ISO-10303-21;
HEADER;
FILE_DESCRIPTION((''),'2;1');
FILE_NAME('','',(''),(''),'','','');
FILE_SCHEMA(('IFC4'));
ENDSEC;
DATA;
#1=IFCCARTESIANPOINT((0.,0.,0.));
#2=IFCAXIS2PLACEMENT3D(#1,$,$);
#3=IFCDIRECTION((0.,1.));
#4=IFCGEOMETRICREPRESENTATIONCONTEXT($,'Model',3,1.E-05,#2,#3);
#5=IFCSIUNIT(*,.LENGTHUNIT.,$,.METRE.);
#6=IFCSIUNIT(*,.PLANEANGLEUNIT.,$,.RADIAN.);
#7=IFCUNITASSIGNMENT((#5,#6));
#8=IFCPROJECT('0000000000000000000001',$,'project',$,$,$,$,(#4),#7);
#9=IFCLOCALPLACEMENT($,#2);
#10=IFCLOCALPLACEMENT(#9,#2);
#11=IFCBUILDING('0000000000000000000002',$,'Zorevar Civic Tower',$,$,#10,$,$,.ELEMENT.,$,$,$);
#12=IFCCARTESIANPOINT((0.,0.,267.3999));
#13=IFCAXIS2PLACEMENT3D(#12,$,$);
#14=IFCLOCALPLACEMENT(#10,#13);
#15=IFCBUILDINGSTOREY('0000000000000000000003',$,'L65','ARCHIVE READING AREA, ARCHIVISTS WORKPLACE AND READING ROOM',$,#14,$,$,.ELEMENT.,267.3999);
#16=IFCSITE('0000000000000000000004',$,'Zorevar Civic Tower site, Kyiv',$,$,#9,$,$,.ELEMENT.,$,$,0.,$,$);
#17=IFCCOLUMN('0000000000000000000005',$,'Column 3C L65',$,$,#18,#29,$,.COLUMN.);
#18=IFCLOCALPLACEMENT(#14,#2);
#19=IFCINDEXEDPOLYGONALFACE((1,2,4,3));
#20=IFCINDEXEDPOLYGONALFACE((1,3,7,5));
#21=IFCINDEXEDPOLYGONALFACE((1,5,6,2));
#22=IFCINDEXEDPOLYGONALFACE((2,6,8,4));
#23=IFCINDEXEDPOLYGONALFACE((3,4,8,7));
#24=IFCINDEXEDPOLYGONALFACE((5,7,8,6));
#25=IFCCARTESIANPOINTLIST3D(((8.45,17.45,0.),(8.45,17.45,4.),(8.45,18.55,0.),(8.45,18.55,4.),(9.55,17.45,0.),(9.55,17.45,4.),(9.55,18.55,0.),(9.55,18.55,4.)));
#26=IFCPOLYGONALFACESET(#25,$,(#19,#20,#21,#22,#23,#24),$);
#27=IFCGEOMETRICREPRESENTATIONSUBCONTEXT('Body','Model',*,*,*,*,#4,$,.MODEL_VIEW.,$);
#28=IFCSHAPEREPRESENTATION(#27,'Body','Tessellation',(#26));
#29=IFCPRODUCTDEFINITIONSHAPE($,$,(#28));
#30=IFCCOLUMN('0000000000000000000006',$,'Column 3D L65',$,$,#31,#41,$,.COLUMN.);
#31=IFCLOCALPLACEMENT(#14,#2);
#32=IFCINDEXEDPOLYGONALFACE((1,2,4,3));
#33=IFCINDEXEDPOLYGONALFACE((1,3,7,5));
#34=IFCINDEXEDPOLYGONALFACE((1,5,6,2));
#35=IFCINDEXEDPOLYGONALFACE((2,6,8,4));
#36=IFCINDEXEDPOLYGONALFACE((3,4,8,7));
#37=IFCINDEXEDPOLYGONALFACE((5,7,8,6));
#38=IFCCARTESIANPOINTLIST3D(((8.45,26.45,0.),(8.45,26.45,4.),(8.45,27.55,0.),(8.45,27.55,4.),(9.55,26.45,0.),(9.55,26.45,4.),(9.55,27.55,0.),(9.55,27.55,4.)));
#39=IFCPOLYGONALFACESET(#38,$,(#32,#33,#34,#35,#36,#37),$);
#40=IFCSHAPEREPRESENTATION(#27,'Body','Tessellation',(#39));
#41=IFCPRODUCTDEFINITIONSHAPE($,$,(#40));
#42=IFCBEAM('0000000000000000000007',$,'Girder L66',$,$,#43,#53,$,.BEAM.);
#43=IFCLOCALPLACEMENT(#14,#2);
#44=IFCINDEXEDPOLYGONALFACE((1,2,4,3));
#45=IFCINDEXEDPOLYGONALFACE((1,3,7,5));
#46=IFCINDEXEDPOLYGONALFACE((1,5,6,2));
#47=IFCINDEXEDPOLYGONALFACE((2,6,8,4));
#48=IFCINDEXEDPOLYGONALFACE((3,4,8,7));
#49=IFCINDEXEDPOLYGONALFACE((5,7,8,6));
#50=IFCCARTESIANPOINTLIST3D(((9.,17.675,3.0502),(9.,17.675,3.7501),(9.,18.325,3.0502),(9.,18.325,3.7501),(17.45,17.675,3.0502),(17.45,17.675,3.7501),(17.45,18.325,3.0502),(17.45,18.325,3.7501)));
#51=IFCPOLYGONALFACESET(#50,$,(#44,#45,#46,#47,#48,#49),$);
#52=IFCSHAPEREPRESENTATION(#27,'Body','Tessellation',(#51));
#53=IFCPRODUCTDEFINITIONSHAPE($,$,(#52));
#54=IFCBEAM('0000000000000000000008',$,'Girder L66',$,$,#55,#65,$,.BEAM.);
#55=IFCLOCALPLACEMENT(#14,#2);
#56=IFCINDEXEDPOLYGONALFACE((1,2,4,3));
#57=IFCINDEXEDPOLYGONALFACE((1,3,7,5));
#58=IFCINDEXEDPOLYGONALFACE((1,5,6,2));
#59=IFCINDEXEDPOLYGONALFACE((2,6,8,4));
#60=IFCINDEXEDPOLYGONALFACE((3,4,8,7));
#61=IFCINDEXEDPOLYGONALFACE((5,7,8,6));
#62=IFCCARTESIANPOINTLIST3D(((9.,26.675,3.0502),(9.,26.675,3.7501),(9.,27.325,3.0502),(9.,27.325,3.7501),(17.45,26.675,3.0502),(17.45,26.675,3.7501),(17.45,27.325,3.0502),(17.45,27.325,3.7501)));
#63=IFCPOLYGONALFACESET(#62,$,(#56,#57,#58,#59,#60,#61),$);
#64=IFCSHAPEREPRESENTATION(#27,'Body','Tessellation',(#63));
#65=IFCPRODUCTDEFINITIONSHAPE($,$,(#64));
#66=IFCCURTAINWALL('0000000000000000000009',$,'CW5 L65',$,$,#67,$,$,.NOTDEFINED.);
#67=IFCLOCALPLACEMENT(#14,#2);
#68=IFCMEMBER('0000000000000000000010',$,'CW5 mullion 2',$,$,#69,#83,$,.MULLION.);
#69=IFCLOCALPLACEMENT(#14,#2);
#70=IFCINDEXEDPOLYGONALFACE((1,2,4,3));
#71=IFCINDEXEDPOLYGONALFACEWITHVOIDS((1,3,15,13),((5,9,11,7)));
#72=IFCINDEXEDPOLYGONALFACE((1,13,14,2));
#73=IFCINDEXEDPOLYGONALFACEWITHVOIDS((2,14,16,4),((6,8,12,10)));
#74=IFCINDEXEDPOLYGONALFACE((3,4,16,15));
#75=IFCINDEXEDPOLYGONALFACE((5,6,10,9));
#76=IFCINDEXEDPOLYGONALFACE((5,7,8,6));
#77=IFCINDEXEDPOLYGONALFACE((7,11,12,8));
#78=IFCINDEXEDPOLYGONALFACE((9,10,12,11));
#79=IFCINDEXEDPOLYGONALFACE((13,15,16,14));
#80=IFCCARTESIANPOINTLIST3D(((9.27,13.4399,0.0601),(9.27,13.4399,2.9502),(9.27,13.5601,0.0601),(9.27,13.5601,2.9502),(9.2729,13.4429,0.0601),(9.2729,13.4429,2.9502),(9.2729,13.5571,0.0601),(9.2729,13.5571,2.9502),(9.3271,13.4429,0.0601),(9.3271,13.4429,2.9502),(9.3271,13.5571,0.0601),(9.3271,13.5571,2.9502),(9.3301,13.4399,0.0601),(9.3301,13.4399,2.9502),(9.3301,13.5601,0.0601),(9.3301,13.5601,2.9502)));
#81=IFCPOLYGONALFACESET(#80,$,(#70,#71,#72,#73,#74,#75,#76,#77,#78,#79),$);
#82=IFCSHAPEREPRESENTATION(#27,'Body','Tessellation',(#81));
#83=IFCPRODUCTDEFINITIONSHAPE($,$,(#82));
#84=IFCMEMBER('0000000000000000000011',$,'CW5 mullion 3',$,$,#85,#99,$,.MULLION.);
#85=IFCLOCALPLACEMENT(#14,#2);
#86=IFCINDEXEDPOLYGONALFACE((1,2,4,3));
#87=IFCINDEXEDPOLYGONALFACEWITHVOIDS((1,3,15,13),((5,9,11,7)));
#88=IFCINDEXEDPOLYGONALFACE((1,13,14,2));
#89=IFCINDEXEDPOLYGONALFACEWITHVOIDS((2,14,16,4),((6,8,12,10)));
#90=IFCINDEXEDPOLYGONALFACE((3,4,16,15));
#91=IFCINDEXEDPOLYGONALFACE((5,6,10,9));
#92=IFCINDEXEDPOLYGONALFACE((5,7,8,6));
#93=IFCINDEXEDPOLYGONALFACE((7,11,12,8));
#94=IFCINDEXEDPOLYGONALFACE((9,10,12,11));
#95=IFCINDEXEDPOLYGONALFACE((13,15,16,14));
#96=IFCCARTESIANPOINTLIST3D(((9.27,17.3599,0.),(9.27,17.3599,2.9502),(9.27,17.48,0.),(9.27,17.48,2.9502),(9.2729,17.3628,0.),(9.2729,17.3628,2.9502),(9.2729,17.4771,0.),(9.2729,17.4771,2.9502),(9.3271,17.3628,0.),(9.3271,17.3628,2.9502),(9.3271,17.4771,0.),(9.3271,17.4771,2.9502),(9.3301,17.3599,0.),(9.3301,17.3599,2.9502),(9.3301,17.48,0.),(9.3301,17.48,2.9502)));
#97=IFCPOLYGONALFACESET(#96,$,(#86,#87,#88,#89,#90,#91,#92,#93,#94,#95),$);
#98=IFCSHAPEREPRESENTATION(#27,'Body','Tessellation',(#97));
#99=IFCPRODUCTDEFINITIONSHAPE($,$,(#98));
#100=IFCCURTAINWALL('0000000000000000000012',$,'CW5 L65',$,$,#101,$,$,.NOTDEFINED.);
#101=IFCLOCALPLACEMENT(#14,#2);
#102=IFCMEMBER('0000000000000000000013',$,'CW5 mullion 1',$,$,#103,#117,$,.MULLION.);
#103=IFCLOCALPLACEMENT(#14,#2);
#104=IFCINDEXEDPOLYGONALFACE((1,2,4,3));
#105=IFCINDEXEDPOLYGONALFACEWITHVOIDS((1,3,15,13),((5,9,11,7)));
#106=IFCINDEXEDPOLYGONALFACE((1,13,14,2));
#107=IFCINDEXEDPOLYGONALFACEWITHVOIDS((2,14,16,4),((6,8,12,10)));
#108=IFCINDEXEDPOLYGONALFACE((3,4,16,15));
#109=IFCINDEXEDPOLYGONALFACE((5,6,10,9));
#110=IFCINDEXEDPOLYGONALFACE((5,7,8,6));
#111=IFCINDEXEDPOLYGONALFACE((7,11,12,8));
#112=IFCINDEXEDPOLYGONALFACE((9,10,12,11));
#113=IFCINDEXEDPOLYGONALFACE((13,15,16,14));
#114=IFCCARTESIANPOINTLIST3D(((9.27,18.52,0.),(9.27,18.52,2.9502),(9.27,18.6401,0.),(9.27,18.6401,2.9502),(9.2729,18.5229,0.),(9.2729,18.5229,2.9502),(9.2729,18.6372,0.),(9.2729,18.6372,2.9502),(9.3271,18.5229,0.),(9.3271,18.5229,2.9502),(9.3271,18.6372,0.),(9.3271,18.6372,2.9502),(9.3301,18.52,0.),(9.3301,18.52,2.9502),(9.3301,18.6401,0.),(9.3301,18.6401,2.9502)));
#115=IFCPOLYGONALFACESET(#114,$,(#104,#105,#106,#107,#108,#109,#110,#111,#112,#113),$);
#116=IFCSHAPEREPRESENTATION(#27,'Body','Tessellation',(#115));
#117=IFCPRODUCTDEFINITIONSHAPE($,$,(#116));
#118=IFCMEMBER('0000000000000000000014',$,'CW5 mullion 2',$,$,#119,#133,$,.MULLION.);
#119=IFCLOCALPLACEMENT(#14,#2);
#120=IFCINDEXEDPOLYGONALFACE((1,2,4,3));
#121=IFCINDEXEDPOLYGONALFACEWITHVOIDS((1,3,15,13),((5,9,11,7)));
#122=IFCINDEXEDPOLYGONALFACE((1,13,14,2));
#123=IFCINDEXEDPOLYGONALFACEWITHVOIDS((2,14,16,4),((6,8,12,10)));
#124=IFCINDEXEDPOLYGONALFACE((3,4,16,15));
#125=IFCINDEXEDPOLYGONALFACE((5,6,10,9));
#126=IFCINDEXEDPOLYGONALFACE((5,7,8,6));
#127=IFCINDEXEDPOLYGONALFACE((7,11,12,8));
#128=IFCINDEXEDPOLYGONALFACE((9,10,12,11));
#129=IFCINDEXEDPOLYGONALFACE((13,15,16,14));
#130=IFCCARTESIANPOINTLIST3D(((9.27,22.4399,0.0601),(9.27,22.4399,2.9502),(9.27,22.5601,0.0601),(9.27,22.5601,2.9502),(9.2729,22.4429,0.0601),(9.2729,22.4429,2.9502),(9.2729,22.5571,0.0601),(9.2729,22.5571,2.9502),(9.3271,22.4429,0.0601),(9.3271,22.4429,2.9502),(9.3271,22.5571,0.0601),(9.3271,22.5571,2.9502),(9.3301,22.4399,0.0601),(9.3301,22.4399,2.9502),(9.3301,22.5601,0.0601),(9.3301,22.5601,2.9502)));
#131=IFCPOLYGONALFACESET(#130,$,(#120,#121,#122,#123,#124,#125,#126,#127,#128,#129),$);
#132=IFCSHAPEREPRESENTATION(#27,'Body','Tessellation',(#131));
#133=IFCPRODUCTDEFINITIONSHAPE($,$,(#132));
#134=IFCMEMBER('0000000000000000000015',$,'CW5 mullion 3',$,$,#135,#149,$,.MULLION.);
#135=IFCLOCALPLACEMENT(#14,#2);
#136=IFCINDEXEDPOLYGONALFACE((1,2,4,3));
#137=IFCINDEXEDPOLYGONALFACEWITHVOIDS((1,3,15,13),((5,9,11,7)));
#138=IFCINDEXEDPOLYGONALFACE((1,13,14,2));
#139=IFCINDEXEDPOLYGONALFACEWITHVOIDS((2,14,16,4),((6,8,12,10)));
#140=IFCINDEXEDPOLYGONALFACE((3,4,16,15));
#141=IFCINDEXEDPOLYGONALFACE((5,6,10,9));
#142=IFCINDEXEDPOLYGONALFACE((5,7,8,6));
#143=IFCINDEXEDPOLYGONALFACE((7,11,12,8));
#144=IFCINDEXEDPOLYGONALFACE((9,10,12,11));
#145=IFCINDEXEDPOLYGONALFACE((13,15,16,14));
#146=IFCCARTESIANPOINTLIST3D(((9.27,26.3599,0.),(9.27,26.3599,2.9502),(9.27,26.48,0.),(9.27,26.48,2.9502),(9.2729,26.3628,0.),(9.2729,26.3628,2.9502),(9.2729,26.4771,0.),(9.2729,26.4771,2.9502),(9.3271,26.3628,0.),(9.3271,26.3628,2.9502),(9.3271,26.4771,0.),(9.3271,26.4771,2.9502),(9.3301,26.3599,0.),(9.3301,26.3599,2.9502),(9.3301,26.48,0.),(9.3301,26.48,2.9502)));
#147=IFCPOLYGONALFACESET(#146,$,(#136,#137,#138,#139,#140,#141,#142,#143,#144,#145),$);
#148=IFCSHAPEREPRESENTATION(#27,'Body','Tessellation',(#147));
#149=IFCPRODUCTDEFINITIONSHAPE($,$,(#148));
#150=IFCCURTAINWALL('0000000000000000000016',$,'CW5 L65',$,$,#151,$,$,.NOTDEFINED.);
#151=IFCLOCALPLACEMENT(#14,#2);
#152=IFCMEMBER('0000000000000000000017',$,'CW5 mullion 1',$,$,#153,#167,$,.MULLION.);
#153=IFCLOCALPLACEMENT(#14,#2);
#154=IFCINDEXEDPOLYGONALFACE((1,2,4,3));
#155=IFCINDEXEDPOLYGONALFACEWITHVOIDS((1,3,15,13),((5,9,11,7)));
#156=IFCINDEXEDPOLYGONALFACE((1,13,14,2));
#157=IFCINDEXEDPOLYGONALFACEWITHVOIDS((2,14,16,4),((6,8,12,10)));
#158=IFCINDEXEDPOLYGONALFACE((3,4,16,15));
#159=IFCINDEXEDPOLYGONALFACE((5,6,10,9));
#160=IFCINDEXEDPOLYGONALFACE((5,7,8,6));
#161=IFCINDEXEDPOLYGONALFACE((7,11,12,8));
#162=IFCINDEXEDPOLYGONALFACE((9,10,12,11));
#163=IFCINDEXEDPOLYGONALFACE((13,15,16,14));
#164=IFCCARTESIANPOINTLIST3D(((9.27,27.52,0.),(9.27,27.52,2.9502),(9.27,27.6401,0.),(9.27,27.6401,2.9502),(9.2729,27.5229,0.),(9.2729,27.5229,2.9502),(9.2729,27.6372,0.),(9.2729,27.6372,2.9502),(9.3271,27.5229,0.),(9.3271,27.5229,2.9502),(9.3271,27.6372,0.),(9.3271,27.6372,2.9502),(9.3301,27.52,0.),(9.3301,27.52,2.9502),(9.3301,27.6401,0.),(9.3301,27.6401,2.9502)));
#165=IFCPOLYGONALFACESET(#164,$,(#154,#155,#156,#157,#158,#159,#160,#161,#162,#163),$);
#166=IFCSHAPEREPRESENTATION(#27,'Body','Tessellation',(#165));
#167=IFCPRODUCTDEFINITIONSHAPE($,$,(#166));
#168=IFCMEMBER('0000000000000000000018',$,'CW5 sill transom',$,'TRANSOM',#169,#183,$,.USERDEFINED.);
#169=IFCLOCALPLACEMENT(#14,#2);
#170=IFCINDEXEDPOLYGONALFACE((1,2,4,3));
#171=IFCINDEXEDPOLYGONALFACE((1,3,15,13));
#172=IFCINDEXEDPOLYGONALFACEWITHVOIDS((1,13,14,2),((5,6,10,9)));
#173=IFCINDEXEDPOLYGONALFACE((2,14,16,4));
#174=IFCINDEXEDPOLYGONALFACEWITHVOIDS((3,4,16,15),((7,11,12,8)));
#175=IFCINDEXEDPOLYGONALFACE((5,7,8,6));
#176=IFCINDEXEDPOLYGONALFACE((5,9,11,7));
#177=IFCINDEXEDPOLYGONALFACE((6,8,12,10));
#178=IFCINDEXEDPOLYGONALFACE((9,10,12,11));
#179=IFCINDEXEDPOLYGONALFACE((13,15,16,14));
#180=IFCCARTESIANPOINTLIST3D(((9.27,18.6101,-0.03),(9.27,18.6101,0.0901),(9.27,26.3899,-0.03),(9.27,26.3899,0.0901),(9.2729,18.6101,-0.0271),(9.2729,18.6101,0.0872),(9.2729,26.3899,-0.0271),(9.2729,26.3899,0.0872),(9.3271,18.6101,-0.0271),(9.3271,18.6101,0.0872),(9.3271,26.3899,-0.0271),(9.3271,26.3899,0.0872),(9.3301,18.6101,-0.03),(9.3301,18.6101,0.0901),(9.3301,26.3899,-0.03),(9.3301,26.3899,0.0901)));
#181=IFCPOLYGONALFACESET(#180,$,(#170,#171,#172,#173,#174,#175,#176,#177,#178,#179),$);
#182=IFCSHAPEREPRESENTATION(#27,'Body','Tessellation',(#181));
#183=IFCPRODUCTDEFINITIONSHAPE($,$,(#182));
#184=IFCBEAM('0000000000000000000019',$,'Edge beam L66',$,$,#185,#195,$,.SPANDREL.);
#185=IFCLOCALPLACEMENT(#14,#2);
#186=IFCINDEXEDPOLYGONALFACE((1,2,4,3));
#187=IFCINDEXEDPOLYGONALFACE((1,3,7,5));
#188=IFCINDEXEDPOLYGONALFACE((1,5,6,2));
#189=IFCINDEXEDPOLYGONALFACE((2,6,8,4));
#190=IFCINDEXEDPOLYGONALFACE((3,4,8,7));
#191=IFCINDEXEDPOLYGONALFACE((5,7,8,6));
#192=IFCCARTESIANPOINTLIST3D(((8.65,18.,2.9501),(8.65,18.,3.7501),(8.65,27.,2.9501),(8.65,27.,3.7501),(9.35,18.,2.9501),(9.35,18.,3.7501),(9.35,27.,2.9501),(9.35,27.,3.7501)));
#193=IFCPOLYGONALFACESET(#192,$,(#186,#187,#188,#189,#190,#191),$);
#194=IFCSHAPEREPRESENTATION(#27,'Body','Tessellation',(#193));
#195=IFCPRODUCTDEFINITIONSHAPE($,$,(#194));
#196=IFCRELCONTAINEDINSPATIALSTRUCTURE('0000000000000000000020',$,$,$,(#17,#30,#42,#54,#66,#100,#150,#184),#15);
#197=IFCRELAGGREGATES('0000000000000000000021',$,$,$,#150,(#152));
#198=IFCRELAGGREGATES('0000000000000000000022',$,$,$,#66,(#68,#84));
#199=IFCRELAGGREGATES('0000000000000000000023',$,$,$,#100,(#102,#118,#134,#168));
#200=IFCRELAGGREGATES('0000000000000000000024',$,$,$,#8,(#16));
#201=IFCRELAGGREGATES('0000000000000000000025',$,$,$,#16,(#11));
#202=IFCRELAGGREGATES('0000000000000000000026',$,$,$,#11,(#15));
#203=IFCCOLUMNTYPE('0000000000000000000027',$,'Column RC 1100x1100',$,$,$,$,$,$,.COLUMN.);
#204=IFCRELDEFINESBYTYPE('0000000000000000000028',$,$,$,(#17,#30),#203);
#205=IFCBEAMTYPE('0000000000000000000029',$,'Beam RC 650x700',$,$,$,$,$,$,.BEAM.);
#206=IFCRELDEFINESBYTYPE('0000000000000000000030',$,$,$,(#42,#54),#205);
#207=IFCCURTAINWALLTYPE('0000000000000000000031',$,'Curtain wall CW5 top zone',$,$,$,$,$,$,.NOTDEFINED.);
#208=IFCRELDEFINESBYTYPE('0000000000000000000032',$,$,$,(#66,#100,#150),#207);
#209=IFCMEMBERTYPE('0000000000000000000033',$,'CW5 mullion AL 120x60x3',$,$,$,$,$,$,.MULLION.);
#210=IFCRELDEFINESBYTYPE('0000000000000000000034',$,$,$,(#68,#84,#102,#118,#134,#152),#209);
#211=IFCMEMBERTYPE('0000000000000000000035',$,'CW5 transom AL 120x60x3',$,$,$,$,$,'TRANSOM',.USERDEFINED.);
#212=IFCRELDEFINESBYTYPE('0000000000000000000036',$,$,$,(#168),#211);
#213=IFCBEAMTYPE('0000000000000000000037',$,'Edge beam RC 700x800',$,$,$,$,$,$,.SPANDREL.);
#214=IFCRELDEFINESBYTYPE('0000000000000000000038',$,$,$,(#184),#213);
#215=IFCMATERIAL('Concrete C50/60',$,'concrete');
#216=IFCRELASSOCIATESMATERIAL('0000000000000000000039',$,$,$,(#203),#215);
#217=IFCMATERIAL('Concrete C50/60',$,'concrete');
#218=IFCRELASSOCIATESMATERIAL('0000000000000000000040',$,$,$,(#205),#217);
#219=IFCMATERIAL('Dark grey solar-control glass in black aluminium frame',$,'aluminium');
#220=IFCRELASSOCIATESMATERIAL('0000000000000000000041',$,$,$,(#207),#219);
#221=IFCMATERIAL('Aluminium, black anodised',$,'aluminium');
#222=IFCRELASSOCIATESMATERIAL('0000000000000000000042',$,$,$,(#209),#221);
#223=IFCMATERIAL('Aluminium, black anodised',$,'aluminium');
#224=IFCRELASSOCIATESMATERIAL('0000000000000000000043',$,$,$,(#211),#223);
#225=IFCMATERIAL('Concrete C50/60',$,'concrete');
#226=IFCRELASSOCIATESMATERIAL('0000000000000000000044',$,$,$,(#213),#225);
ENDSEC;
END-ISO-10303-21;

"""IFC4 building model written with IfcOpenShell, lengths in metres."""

from ifc_helpers import new_model, si_unit, direction, frame, origin, origin_2d, place, context, subcontext, project, spatial, rectangle, hollow_rectangle, extrude, material, material_profile, profile_set, type_object, element, aggregate, save


model = new_model("IFC4")

# Units and contexts
model_context = context("Model", 3, precision=1e-05, world=origin(), true_north=direction((0.0, 1.0)))
body_context = subcontext(model_context, "Body", "Model", "MODEL_VIEW")
ifc_project = project(units=[si_unit("LENGTHUNIT", "METRE"), si_unit("PLANEANGLEUNIT", "RADIAN")], contexts=[model_context])

# Site, building, storey
site_placement = place(None, origin())
site = spatial("IfcSite", under=ifc_project, at=site_placement, Name="Zorevar Civic Tower site, Kyiv", CompositionType="ELEMENT", RefElevation=0.0)
building_placement = place(site_placement, origin())
building = spatial("IfcBuilding", under=site, at=building_placement, Name="Zorevar Civic Tower", CompositionType="ELEMENT")
storey_placement = place(building_placement, frame((0.0, 0.0, 267.3999)))
storey = spatial("IfcBuildingStorey", under=building, at=storey_placement, Name="L65", Description="ARCHIVE READING AREA, ARCHIVISTS WORKPLACE AND READING ROOM", CompositionType="ELEMENT", Elevation=267.3999)

# Columns
ifc_material_1 = material(Name="Concrete C50/60", Category="concrete")
ifc_material_profile_1 = material_profile(ifc_material_1, rectangle(XDim=1.1001, YDim=1.1001, at=origin_2d()), Name="RC 1100x1100")
ifc_profile_set_1 = profile_set([ifc_material_profile_1], Name="Concrete C50/60")
column_type = type_object("IfcColumnType", Name="Column RC 1100x1100", PredefinedType="COLUMN", material=ifc_profile_set_1)
for number, where, z_axis, x_axis, name in (
    (1, (9.0, 18.0, 0.0), (0.0, 0.0, 1.0), (1.0, 0.0, 0.0), "Column 3C L65"),
    (2, (9.0, 27.0, 0.0), (0.0, 0.0, 1.0), (1.0, 0.0, 0.0), "Column 3D L65"),
):
    element("IfcColumn", number, at=place(storey_placement, frame(where, z_axis=z_axis, x_axis=x_axis)), inside=storey, type_object=column_type, Name=name, PredefinedType="COLUMN", context=body_context, shape_type="SweptSolid", body=[
        extrude(rectangle(XDim=1.1001, YDim=1.1001, at=origin_2d()), origin(), (0.0, 0.0, 1.0), 4.0),
    ])

# Beams
ifc_material_2 = material(Name="Concrete C50/60", Category="concrete")
ifc_material_profile_2 = material_profile(ifc_material_2, rectangle(XDim=0.6499, YDim=0.7, at=origin_2d()), Name="RC 650x700")
ifc_profile_set_2 = profile_set([ifc_material_profile_2], Name="Concrete C50/60")
beam_type_1 = type_object("IfcBeamType", Name="Beam RC 650x700", PredefinedType="BEAM", material=ifc_profile_set_2)
for number, where, z_axis, x_axis, name in (
    (3, (9.0, 18.0, 3.4001), (1.0, 0.0, 0.0), (0.0, 1.0, 0.0), "Girder L66"),
    (4, (9.0, 27.0, 3.4001), (1.0, 0.0, 0.0), (0.0, 1.0, 0.0), "Girder L66"),
):
    element("IfcBeam", number, at=place(storey_placement, frame(where, z_axis=z_axis, x_axis=x_axis)), inside=storey, type_object=beam_type_1, Name=name, PredefinedType="BEAM", context=body_context, shape_type="SweptSolid", body=[
        extrude(rectangle(XDim=0.6499, YDim=0.7, at=origin_2d()), origin(), (0.0, 0.0, 1.0), 8.45),
    ])

# Curtain walls, members
ifc_material_3 = material(Name="Dark grey solar-control glass in black aluminium frame", Category="aluminium")
curtain_wall_type = type_object("IfcCurtainWallType", Name="Curtain wall CW5 top zone", PredefinedType="NOTDEFINED", material=ifc_material_3)
curtain_wall_1_placement = place(storey_placement, origin())
curtain_wall_1 = element("IfcCurtainWall", 5, at=curtain_wall_1_placement, inside=storey, type_object=curtain_wall_type, Name="CW5 L65", PredefinedType="NOTDEFINED")
ifc_material_4 = material(Name="Aluminium, black anodised", Category="aluminium")
ifc_material_profile_3 = material_profile(ifc_material_4, hollow_rectangle(XDim=0.0601, YDim=0.1201, WallThickness=0.0029, at=origin_2d()), Name="AL 120x60x3")
ifc_profile_set_3 = profile_set([ifc_material_profile_3], Name="Aluminium, black anodised")
member_type_1 = type_object("IfcMemberType", Name="CW5 mullion AL 120x60x3", PredefinedType="MULLION", material=ifc_profile_set_3)
member_1_placement = place(storey_placement, frame((9.3, 13.5, 0.0601), z_axis=(0.0, 0.0, 1.0), x_axis=(-1.0, 0.0, 0.0)))
member_1 = element("IfcMember", 6, at=member_1_placement, type_object=member_type_1, Name="CW5 mullion 2", PredefinedType="MULLION", context=body_context, shape_type="SweptSolid", body=[
    extrude(hollow_rectangle(XDim=0.0601, YDim=0.1201, WallThickness=0.0029, at=origin_2d()), origin(), (0.0, 0.0, 1.0), 2.8901),
])
member_2_placement = place(storey_placement, frame((9.3, 17.4199, 0.0), z_axis=(0.0, 0.0, 1.0), x_axis=(-1.0, 0.0, 0.0)))
member_2 = element("IfcMember", 7, at=member_2_placement, type_object=member_type_1, Name="CW5 mullion 3", PredefinedType="MULLION", context=body_context, shape_type="SweptSolid", body=[
    extrude(hollow_rectangle(XDim=0.0601, YDim=0.1201, WallThickness=0.0029, at=origin_2d()), origin(), (0.0, 0.0, 1.0), 2.9502),
])
curtain_wall_2_placement = place(storey_placement, origin())
curtain_wall_2 = element("IfcCurtainWall", 8, at=curtain_wall_2_placement, inside=storey, type_object=curtain_wall_type, Name="CW5 L65", PredefinedType="NOTDEFINED")
member_3_placement = place(storey_placement, frame((9.3, 18.5801, 0.0), z_axis=(0.0, 0.0, 1.0), x_axis=(-1.0, 0.0, 0.0)))
member_3 = element("IfcMember", 9, at=member_3_placement, type_object=member_type_1, Name="CW5 mullion 1", PredefinedType="MULLION", context=body_context, shape_type="SweptSolid", body=[
    extrude(hollow_rectangle(XDim=0.0601, YDim=0.1201, WallThickness=0.0029, at=origin_2d()), origin(), (0.0, 0.0, 1.0), 2.9502),
])
member_4_placement = place(storey_placement, frame((9.3, 22.5, 0.0601), z_axis=(0.0, 0.0, 1.0), x_axis=(-1.0, 0.0, 0.0)))
member_4 = element("IfcMember", 10, at=member_4_placement, type_object=member_type_1, Name="CW5 mullion 2", PredefinedType="MULLION", context=body_context, shape_type="SweptSolid", body=[
    extrude(hollow_rectangle(XDim=0.0601, YDim=0.1201, WallThickness=0.0029, at=origin_2d()), origin(), (0.0, 0.0, 1.0), 2.8901),
])
member_5_placement = place(storey_placement, frame((9.3, 26.4199, 0.0), z_axis=(0.0, 0.0, 1.0), x_axis=(-1.0, 0.0, 0.0)))
member_5 = element("IfcMember", 11, at=member_5_placement, type_object=member_type_1, Name="CW5 mullion 3", PredefinedType="MULLION", context=body_context, shape_type="SweptSolid", body=[
    extrude(hollow_rectangle(XDim=0.0601, YDim=0.1201, WallThickness=0.0029, at=origin_2d()), origin(), (0.0, 0.0, 1.0), 2.9502),
])

# Curtain wall, member
curtain_wall_3_placement = place(storey_placement, origin())
curtain_wall_3 = element("IfcCurtainWall", 12, at=curtain_wall_3_placement, inside=storey, type_object=curtain_wall_type, Name="CW5 L65", PredefinedType="NOTDEFINED")
member_6_placement = place(storey_placement, frame((9.3, 27.5801, 0.0), z_axis=(0.0, 0.0, 1.0), x_axis=(-1.0, 0.0, 0.0)))
member_6 = element("IfcMember", 13, at=member_6_placement, type_object=member_type_1, Name="CW5 mullion 1", PredefinedType="MULLION", context=body_context, shape_type="SweptSolid", body=[
    extrude(hollow_rectangle(XDim=0.0601, YDim=0.1201, WallThickness=0.0029, at=origin_2d()), origin(), (0.0, 0.0, 1.0), 2.9502),
])
aggregate(curtain_wall_3, [member_6])

# Member
ifc_material_5 = material(Name="Aluminium, black anodised", Category="aluminium")
ifc_material_profile_4 = material_profile(ifc_material_5, hollow_rectangle(XDim=0.0601, YDim=0.1201, WallThickness=0.0029, at=origin_2d()), Name="AL 120x60x3")
ifc_profile_set_4 = profile_set([ifc_material_profile_4], Name="Aluminium, black anodised")
member_type_2 = type_object("IfcMemberType", Name="CW5 transom AL 120x60x3", ElementType="TRANSOM", PredefinedType="USERDEFINED", material=ifc_profile_set_4)
member_7_placement = place(storey_placement, frame((9.3, 18.6101, 0.03), z_axis=(0.0, 1.0, 0.0), x_axis=(-1.0, 0.0, 0.0)))
member_7 = element("IfcMember", 14, at=member_7_placement, type_object=member_type_2, Name="CW5 sill transom", ObjectType="TRANSOM", PredefinedType="USERDEFINED", context=body_context, shape_type="SweptSolid", body=[
    extrude(hollow_rectangle(XDim=0.0601, YDim=0.1201, WallThickness=0.0029, at=origin_2d()), origin(), (0.0, 0.0, 1.0), 7.7798),
])

# Beam
ifc_material_6 = material(Name="Concrete C50/60", Category="concrete")
ifc_material_profile_5 = material_profile(ifc_material_6, rectangle(XDim=0.7, YDim=0.8, at=origin_2d()), Name="RC 700x800")
ifc_profile_set_5 = profile_set([ifc_material_profile_5], Name="Concrete C50/60")
beam_type_2 = type_object("IfcBeamType", Name="Edge beam RC 700x800", PredefinedType="SPANDREL", material=ifc_profile_set_5)
for number, where, z_axis, x_axis, name in (
    (15, (9.0, 18.0, 3.3501), (0.0, 1.0, 0.0), (-1.0, 0.0, 0.0), "Edge beam L66"),
):
    element("IfcBeam", number, at=place(storey_placement, frame(where, z_axis=z_axis, x_axis=x_axis)), inside=storey, type_object=beam_type_2, Name=name, PredefinedType="SPANDREL", context=body_context, shape_type="SweptSolid", body=[
        extrude(rectangle(XDim=0.7, YDim=0.8, at=origin_2d()), origin(), (0.0, 0.0, 1.0), 9.0),
    ])

aggregate(curtain_wall_1, [member_1, member_2])
aggregate(curtain_wall_2, [member_3, member_4, member_5, member_7])

save(model, "model.ifc")
